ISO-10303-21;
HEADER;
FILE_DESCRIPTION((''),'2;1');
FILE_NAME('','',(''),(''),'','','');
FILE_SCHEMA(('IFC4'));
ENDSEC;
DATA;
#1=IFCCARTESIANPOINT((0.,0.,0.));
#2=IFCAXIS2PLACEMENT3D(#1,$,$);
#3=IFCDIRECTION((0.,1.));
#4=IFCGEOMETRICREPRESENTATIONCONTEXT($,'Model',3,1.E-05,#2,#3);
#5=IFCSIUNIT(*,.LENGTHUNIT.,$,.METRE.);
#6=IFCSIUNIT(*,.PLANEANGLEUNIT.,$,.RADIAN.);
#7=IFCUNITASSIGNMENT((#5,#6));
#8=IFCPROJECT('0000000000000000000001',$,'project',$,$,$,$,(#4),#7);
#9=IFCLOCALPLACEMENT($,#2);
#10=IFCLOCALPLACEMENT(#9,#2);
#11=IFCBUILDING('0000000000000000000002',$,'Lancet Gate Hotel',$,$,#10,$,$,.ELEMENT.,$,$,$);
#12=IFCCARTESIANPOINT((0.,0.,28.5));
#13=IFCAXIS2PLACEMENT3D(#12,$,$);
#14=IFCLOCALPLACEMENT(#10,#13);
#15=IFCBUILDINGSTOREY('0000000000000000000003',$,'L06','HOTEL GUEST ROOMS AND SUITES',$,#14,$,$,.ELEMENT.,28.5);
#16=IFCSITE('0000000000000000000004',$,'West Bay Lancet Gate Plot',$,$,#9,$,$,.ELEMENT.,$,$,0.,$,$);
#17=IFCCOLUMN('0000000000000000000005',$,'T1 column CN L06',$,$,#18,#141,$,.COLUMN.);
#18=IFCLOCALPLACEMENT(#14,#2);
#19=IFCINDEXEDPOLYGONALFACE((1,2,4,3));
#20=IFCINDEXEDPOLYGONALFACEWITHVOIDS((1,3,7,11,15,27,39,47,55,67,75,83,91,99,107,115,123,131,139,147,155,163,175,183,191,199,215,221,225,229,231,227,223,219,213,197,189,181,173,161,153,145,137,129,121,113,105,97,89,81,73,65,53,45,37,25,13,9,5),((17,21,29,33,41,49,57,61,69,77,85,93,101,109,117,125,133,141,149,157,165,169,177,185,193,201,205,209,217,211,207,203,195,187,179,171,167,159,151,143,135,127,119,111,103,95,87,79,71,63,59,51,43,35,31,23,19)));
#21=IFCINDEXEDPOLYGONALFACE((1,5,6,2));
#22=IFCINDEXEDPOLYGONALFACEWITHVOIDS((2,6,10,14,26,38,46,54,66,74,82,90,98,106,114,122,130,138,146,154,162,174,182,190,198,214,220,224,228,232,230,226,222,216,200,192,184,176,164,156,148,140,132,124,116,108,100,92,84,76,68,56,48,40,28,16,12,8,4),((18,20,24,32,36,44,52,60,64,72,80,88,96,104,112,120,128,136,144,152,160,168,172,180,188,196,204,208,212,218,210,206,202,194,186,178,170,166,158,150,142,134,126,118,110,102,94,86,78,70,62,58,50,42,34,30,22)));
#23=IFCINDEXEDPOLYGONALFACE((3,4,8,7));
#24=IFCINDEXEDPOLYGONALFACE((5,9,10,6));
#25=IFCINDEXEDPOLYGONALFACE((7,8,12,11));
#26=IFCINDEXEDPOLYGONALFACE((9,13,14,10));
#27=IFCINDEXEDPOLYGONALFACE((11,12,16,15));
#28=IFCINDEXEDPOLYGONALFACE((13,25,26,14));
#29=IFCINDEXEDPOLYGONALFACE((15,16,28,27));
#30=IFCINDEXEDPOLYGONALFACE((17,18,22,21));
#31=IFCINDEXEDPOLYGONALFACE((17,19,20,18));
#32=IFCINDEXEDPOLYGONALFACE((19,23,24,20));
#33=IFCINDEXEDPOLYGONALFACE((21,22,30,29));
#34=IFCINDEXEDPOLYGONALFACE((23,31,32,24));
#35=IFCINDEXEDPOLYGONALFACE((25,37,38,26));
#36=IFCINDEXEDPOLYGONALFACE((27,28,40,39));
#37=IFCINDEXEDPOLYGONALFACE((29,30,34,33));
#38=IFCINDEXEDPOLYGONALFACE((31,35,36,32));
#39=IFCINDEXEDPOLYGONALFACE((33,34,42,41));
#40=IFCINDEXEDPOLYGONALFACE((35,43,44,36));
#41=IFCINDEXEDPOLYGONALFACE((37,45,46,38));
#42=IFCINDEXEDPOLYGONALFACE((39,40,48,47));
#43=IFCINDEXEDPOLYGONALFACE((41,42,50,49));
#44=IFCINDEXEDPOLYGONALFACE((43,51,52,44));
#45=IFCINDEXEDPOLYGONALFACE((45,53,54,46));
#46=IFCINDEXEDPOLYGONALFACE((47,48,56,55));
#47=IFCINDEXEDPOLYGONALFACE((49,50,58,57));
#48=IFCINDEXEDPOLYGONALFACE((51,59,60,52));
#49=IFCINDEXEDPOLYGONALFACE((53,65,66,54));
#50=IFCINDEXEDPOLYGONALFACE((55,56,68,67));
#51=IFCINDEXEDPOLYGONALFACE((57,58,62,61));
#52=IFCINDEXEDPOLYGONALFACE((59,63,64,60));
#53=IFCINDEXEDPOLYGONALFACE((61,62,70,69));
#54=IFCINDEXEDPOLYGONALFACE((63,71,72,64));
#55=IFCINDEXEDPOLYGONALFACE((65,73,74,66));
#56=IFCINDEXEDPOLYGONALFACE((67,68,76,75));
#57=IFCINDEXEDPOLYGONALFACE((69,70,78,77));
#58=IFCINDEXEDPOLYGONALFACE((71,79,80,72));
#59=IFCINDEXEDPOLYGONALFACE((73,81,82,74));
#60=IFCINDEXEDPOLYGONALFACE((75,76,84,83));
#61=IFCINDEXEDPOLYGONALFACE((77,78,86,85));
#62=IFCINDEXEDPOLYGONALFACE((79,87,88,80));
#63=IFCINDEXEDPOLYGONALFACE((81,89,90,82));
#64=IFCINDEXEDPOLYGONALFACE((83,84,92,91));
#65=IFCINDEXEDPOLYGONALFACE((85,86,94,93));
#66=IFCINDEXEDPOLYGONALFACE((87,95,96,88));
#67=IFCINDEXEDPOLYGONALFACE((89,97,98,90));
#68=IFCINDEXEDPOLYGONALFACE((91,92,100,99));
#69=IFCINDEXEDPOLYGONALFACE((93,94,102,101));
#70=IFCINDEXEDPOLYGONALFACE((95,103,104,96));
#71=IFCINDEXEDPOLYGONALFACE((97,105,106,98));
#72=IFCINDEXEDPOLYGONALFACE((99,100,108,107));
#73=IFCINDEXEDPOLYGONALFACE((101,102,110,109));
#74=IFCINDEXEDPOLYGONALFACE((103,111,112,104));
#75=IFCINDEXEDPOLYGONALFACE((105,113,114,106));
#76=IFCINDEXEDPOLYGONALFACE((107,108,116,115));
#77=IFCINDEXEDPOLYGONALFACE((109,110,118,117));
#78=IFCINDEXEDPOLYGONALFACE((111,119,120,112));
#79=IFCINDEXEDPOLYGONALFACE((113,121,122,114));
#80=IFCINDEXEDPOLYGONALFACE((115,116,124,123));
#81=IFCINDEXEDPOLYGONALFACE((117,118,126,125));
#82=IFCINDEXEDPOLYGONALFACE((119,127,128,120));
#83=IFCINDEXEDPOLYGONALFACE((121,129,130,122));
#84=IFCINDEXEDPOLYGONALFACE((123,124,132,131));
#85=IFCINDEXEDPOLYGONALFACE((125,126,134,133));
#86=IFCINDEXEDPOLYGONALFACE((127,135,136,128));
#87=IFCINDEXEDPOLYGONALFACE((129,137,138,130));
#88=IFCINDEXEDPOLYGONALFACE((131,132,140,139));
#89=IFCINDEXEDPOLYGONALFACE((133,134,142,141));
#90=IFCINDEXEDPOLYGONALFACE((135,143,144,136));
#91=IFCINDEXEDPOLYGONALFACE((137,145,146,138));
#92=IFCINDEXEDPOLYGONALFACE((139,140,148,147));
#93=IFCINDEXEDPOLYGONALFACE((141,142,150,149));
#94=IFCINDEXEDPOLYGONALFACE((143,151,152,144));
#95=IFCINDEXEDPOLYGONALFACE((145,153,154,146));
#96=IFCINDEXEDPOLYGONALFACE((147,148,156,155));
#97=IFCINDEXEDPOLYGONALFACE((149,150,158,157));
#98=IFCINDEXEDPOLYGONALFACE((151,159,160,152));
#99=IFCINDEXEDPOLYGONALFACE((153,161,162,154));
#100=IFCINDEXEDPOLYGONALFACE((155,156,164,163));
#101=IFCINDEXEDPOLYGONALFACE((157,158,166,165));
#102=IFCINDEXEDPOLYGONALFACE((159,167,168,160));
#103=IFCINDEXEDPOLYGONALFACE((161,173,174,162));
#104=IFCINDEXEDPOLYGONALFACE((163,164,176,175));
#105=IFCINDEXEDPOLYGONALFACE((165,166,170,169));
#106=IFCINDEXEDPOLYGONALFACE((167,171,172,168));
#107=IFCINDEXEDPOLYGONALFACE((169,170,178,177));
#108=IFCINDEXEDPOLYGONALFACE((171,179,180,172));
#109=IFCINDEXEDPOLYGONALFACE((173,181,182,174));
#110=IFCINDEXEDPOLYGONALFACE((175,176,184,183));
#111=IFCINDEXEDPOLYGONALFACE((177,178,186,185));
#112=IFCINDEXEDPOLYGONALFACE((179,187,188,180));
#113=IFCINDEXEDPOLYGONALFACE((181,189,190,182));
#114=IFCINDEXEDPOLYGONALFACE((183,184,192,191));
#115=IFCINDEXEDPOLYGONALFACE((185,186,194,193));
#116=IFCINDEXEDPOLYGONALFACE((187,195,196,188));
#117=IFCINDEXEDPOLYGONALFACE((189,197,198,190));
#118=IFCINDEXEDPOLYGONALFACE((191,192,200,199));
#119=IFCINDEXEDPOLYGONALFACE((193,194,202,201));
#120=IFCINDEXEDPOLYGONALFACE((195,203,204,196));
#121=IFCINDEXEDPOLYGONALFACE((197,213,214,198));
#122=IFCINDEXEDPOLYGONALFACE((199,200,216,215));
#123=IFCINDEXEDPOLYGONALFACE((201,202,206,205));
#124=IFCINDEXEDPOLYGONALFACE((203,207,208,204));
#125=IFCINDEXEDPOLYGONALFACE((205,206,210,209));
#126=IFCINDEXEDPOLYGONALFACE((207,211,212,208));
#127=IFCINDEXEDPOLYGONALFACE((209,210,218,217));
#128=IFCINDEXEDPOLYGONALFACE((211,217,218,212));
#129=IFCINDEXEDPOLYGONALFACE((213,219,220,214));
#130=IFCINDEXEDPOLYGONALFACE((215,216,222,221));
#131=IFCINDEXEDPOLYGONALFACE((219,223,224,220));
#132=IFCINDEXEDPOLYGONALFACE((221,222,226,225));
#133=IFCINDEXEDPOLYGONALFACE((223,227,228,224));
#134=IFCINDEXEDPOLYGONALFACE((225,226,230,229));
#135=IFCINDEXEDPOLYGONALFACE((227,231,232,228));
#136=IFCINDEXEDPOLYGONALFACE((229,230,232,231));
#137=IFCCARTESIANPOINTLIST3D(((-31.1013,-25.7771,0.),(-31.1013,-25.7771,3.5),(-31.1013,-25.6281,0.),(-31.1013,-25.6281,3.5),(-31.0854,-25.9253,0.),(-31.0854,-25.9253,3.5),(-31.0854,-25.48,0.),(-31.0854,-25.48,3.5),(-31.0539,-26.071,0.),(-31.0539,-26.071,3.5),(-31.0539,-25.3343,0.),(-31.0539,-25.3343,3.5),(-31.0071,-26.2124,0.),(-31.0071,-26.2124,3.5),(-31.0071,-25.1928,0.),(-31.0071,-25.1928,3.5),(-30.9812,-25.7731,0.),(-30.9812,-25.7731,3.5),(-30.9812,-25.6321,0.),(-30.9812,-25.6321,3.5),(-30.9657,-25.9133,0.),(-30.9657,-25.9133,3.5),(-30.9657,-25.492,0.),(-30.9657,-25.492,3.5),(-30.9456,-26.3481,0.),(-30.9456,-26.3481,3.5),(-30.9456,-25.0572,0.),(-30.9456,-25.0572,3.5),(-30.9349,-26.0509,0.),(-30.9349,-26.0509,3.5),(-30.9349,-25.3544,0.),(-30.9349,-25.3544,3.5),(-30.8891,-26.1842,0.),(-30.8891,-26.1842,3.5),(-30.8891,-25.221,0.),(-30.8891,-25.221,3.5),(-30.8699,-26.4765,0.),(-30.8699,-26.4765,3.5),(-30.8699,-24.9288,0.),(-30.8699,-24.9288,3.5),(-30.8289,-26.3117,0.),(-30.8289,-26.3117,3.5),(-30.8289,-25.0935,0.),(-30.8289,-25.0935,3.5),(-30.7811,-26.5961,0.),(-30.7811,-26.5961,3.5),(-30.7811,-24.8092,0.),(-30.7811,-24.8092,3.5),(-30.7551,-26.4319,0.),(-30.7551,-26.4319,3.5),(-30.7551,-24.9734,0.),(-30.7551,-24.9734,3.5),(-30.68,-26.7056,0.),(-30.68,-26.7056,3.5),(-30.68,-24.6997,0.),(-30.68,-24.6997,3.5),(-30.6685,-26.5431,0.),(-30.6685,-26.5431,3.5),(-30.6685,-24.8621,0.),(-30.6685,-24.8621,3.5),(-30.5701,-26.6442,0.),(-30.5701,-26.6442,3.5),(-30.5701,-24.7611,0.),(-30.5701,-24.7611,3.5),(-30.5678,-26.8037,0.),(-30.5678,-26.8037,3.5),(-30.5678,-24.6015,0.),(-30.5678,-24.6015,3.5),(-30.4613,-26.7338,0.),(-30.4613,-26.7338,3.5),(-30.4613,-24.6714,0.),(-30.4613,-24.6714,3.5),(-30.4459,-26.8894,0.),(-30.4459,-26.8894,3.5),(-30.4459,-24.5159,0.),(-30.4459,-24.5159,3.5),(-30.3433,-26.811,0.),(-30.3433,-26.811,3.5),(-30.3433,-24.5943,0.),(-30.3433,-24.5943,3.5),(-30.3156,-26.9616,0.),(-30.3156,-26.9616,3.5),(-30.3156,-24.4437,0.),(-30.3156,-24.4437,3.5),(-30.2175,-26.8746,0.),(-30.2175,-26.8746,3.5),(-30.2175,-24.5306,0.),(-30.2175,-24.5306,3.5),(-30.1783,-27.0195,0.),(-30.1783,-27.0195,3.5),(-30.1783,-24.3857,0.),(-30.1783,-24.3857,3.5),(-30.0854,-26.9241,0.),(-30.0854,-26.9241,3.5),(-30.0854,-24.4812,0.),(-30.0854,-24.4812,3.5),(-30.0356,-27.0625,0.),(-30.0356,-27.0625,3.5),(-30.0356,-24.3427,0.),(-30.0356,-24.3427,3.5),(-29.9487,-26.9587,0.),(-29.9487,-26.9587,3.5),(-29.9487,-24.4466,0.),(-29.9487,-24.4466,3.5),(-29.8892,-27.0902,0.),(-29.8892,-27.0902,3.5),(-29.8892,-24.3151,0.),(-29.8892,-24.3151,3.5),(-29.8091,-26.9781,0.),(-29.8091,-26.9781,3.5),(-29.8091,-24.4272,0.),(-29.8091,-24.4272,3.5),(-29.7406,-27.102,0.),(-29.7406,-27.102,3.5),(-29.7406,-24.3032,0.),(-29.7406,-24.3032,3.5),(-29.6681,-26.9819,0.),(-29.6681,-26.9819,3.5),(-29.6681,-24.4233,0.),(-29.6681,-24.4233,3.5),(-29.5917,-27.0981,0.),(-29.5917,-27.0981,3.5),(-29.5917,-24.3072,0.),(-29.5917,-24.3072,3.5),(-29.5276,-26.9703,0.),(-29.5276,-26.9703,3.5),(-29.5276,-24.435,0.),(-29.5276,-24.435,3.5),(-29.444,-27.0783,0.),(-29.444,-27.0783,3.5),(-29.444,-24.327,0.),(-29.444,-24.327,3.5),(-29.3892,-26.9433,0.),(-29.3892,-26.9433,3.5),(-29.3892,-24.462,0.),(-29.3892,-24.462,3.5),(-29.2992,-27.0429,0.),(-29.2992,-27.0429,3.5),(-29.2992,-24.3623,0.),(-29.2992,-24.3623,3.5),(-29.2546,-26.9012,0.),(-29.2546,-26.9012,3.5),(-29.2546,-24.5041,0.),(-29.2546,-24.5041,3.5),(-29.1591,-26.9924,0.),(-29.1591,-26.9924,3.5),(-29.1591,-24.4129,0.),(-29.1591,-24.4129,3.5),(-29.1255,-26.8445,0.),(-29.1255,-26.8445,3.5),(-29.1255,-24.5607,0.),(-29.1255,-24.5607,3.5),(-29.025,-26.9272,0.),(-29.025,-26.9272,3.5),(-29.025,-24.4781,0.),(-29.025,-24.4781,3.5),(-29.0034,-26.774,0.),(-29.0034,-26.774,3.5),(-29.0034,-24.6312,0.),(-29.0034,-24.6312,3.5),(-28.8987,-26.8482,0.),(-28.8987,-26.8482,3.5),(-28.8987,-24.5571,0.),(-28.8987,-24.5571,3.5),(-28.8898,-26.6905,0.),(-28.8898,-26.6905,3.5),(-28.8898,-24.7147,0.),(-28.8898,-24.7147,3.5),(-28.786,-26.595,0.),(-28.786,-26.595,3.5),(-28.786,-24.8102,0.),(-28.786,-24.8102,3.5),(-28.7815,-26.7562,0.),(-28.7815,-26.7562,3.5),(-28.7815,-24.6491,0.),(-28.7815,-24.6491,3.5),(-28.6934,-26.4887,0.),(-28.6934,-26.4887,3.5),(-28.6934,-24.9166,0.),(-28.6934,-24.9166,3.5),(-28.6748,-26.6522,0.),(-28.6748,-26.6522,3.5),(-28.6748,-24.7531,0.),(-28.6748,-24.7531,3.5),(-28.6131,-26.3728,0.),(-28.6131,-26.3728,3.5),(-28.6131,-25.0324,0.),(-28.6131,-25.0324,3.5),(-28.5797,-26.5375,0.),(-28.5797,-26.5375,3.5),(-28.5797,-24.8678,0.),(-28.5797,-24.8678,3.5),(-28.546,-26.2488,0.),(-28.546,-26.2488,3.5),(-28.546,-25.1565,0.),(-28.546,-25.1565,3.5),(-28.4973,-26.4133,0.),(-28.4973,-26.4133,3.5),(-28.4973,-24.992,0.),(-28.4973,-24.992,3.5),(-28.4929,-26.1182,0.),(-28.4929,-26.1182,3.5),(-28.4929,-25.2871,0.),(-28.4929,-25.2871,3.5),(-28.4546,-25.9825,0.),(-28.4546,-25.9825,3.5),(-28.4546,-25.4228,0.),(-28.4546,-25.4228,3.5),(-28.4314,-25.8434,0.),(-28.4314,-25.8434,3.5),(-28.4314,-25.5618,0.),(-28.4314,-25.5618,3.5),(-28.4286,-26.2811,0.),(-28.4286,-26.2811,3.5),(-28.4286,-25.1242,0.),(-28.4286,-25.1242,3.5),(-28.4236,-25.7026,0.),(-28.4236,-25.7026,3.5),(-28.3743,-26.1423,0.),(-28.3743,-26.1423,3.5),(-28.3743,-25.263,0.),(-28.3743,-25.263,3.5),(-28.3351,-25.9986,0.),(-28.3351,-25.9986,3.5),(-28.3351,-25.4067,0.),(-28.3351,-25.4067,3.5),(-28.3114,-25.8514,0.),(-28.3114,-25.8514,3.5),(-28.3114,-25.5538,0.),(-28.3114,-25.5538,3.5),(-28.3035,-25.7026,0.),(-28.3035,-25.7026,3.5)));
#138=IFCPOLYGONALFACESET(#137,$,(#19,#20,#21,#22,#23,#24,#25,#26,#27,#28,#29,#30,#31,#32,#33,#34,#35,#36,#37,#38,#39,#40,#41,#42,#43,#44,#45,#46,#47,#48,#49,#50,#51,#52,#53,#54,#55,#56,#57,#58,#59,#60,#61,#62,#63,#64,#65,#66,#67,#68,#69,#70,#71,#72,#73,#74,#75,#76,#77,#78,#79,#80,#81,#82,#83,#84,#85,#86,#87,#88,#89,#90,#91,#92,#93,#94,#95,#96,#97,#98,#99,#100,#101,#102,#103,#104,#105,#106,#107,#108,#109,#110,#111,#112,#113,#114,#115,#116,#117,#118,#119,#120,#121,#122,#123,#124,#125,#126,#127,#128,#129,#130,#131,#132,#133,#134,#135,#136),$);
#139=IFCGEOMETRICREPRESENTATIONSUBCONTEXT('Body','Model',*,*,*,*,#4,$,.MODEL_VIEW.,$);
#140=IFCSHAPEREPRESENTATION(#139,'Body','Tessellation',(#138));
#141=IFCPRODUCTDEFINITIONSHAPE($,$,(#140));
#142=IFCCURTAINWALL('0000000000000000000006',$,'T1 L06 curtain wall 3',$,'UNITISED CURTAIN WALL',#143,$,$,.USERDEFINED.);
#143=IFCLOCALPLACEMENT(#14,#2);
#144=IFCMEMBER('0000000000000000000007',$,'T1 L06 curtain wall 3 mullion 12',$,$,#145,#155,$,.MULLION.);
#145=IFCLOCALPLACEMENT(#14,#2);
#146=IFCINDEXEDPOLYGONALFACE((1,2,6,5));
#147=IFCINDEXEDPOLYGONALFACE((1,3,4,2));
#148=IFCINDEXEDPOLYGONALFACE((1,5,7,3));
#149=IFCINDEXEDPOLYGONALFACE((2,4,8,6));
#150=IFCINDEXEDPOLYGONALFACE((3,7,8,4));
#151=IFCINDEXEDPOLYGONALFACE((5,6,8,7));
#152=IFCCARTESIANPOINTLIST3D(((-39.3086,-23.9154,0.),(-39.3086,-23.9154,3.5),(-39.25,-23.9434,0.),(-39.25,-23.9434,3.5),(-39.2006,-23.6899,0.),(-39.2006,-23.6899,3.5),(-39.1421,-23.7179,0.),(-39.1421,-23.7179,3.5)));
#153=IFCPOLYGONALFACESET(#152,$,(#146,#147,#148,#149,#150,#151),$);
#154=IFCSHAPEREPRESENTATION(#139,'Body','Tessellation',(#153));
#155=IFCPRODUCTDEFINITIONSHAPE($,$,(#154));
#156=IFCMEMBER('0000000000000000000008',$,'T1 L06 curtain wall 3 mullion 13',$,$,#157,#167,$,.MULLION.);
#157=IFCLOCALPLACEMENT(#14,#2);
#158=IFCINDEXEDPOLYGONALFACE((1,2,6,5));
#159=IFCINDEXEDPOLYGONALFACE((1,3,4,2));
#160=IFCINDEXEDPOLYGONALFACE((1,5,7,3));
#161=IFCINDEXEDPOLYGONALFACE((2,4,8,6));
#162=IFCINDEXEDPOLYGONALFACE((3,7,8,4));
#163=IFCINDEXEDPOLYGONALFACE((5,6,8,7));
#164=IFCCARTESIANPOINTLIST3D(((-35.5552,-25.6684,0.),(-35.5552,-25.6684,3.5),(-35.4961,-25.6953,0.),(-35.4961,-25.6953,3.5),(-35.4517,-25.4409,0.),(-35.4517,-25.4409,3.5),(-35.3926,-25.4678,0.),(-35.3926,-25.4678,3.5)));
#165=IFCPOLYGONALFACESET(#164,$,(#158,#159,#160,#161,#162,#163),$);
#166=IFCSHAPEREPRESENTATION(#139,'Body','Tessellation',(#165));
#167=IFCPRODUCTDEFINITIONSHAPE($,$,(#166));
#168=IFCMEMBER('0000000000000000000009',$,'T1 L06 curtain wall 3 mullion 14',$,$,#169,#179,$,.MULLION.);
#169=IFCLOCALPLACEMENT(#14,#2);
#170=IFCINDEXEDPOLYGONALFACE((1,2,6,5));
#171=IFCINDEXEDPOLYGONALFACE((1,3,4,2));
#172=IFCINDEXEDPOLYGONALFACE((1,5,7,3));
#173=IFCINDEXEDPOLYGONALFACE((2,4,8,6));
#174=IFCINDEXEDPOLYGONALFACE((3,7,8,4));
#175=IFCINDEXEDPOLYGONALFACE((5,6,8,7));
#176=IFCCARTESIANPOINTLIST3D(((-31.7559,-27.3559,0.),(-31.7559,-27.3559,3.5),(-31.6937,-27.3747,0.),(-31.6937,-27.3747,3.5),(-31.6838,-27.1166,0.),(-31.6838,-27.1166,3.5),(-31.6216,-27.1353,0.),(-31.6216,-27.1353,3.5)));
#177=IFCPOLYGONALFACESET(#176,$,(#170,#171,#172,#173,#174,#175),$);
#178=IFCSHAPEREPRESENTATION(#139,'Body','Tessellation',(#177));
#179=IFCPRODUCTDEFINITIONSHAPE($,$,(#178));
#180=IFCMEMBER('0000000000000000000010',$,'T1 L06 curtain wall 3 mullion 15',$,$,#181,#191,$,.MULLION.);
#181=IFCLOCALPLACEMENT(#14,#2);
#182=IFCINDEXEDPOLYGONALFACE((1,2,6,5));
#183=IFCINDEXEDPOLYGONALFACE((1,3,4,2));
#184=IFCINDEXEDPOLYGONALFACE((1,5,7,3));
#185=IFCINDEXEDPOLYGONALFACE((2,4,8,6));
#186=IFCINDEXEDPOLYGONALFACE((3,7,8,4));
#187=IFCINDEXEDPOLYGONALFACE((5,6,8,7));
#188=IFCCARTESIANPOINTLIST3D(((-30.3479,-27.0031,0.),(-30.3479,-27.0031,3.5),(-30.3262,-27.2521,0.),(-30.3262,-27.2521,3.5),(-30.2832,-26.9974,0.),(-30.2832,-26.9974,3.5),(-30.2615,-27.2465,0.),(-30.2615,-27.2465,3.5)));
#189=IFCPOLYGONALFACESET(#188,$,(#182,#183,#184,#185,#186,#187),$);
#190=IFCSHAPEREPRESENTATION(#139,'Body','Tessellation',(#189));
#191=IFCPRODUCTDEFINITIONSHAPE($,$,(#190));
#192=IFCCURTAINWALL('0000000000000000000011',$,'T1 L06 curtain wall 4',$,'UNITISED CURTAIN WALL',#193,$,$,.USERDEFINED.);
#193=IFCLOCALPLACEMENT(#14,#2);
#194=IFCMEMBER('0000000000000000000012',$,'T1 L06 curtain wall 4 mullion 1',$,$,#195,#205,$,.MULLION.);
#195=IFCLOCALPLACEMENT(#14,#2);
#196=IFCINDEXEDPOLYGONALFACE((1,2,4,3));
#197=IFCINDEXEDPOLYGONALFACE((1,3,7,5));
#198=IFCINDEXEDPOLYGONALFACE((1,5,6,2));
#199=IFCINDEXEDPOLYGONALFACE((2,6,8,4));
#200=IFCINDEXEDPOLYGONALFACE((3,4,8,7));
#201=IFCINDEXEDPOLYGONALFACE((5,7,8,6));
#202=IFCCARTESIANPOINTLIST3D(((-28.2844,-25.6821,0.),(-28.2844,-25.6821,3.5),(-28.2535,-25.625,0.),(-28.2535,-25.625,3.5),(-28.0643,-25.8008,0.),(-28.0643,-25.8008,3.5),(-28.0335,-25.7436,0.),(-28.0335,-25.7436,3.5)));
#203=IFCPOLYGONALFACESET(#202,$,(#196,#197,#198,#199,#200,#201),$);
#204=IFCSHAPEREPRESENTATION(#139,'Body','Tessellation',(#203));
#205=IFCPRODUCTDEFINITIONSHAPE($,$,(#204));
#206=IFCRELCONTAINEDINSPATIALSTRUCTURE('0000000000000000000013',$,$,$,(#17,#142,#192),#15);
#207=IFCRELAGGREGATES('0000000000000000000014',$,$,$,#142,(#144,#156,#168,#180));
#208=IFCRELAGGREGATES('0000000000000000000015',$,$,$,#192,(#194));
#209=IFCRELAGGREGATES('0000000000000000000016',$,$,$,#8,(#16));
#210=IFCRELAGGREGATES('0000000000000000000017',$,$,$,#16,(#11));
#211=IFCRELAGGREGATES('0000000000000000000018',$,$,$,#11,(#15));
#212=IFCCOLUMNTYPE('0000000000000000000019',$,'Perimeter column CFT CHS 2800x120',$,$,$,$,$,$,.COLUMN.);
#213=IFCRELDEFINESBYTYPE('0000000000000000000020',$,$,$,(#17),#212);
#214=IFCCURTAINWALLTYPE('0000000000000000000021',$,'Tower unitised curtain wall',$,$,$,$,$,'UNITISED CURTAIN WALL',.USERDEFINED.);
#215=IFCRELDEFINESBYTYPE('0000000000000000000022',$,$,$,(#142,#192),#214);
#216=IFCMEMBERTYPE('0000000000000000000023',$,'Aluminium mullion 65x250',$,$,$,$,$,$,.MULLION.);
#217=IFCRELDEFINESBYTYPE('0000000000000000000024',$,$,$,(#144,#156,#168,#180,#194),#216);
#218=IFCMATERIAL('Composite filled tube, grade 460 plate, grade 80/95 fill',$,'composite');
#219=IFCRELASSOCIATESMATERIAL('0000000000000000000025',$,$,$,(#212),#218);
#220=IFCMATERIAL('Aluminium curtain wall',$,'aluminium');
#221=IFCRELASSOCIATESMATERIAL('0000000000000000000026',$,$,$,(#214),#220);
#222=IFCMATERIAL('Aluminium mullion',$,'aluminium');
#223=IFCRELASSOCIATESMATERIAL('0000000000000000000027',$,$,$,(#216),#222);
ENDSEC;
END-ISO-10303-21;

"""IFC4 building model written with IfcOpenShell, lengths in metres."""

from ifc_helpers import new_model, si_unit, direction, frame, origin, origin_2d, place, context, subcontext, project, spatial, rectangle, hollow_circle, extrude, material, material_profile, profile_set, type_object, element, aggregate, save


model = new_model("IFC4")

# Units and contexts
model_context = context("Model", 3, precision=1e-05, world=origin(), true_north=direction((0.0, 1.0)))
body_context = subcontext(model_context, "Body", "Model", "MODEL_VIEW")
ifc_project = project(units=[si_unit("LENGTHUNIT", "METRE"), si_unit("PLANEANGLEUNIT", "RADIAN")], contexts=[model_context])

# Site, building, storey
site_placement = place(None, origin())
site = spatial("IfcSite", under=ifc_project, at=site_placement, Name="West Bay Lancet Gate Plot", CompositionType="ELEMENT", RefElevation=0.0)
building_placement = place(site_placement, origin())
building = spatial("IfcBuilding", under=site, at=building_placement, Name="Lancet Gate Hotel", CompositionType="ELEMENT")
storey_placement = place(building_placement, frame((0.0, 0.0, 28.5)))
storey = spatial("IfcBuildingStorey", under=building, at=storey_placement, Name="L06", Description="HOTEL GUEST ROOMS AND SUITES", CompositionType="ELEMENT", Elevation=28.5)

# Column
ifc_material_1 = material(Name="Composite filled tube, grade 460 plate, grade 80/95 fill", Category="composite")
ifc_material_profile_1 = material_profile(ifc_material_1, hollow_circle(Radius=1.3999, WallThickness=0.1201, at=origin_2d()), Name="CHS 2800x120")
ifc_profile_set_1 = profile_set([ifc_material_profile_1], Name="Composite filled tube, grade 460 plate, grade 80/95 fill")
column_type = type_object("IfcColumnType", Name="Perimeter column CFT CHS 2800x120", PredefinedType="COLUMN", material=ifc_profile_set_1)
column_placement = place(storey_placement, frame((-29.7034, -25.7026, 0.0), z_axis=(0.0, 0.0, 1.0), x_axis=(1.0, 0.0, 0.0)))
element("IfcColumn", 1, at=column_placement, inside=storey, type_object=column_type, Name="T1 column CN L06", PredefinedType="COLUMN", context=body_context, shape_type="SweptSolid", body=[
    extrude(hollow_circle(Radius=1.3999, WallThickness=0.1201, at=origin_2d()), origin(), (0.0, 0.0, 1.0), 3.5),
])

# Curtain walls, members
ifc_material_2 = material(Name="Aluminium curtain wall", Category="aluminium")
curtain_wall_type = type_object("IfcCurtainWallType", Name="Tower unitised curtain wall", ElementType="UNITISED CURTAIN WALL", PredefinedType="USERDEFINED", material=ifc_material_2)
curtain_wall_1_placement = place(storey_placement, origin())
curtain_wall_1 = element("IfcCurtainWall", 2, at=curtain_wall_1_placement, inside=storey, type_object=curtain_wall_type, Name="T1 L06 curtain wall 3", ObjectType="UNITISED CURTAIN WALL", PredefinedType="USERDEFINED")
ifc_material_3 = material(Name="Aluminium mullion", Category="aluminium")
ifc_material_profile_2 = material_profile(ifc_material_3, rectangle(XDim=0.0649, YDim=0.25, at=origin_2d()), Name="MULLION 65x250")
ifc_profile_set_2 = profile_set([ifc_material_profile_2], Name="Aluminium mullion")
member_type_1 = type_object("IfcMemberType", Name="Aluminium mullion 65x250", PredefinedType="MULLION", material=ifc_profile_set_2)
member_1_placement = place(storey_placement, frame((-39.2253, -23.8167, 0.0), z_axis=(0.0, 0.0, 1.0), x_axis=(0.901929, -0.431885, 0.0)))
member_1 = element("IfcMember", 3, at=member_1_placement, type_object=member_type_1, Name="T1 L06 curtain wall 3 mullion 12", PredefinedType="MULLION", context=body_context, shape_type="SweptSolid", body=[
    extrude(rectangle(XDim=0.0649, YDim=0.25, at=origin_2d()), origin(), (0.0, 0.0, 1.0), 3.5),
])
member_2_placement = place(storey_placement, frame((-35.4739, -25.5681, 0.0), z_axis=(0.0, 0.0, 1.0), x_axis=(0.91022, -0.414126, 0.0)))
member_2 = element("IfcMember", 4, at=member_2_placement, type_object=member_type_1, Name="T1 L06 curtain wall 3 mullion 13", PredefinedType="MULLION", context=body_context, shape_type="SweptSolid", body=[
    extrude(rectangle(XDim=0.0649, YDim=0.25, at=origin_2d()), origin(), (0.0, 0.0, 1.0), 3.5),
])
member_3_placement = place(storey_placement, frame((-31.6887, -27.2456, 0.0), z_axis=(0.0, 0.0, 1.0), x_axis=(0.957524, -0.288352, 0.0)))
member_3 = element("IfcMember", 5, at=member_3_placement, type_object=member_type_1, Name="T1 L06 curtain wall 3 mullion 14", PredefinedType="MULLION", context=body_context, shape_type="SweptSolid", body=[
    extrude(rectangle(XDim=0.0649, YDim=0.25, at=origin_2d()), origin(), (0.0, 0.0, 1.0), 3.5),
])
member_4_placement = place(storey_placement, frame((-30.3047, -27.1248, 0.0), z_axis=(0.0, 0.0, 1.0), x_axis=(0.996204, 0.087052, 0.0)))
member_4 = element("IfcMember", 6, at=member_4_placement, type_object=member_type_1, Name="T1 L06 curtain wall 3 mullion 15", PredefinedType="MULLION", context=body_context, shape_type="SweptSolid", body=[
    extrude(rectangle(XDim=0.0649, YDim=0.25, at=origin_2d()), origin(), (0.0, 0.0, 1.0), 3.5),
])
curtain_wall_2_placement = place(storey_placement, origin())
curtain_wall_2 = element("IfcCurtainWall", 7, at=curtain_wall_2_placement, inside=storey, type_object=curtain_wall_type, Name="T1 L06 curtain wall 4", ObjectType="UNITISED CURTAIN WALL", PredefinedType="USERDEFINED")
member_5_placement = place(storey_placement, frame((-28.1589, -25.7129, 0.0), z_axis=(0.0, 0.0, 1.0), x_axis=(0.474631, 0.880185, 0.0)))
member_5 = element("IfcMember", 8, at=member_5_placement, type_object=member_type_1, Name="T1 L06 curtain wall 4 mullion 1", PredefinedType="MULLION", context=body_context, shape_type="SweptSolid", body=[
    extrude(rectangle(XDim=0.0649, YDim=0.25, at=origin_2d()), origin(), (0.0, 0.0, 1.0), 3.5),
])

aggregate(curtain_wall_1, [member_1, member_2, member_3, member_4])
aggregate(curtain_wall_2, [member_5])

save(model, "model.ifc")
